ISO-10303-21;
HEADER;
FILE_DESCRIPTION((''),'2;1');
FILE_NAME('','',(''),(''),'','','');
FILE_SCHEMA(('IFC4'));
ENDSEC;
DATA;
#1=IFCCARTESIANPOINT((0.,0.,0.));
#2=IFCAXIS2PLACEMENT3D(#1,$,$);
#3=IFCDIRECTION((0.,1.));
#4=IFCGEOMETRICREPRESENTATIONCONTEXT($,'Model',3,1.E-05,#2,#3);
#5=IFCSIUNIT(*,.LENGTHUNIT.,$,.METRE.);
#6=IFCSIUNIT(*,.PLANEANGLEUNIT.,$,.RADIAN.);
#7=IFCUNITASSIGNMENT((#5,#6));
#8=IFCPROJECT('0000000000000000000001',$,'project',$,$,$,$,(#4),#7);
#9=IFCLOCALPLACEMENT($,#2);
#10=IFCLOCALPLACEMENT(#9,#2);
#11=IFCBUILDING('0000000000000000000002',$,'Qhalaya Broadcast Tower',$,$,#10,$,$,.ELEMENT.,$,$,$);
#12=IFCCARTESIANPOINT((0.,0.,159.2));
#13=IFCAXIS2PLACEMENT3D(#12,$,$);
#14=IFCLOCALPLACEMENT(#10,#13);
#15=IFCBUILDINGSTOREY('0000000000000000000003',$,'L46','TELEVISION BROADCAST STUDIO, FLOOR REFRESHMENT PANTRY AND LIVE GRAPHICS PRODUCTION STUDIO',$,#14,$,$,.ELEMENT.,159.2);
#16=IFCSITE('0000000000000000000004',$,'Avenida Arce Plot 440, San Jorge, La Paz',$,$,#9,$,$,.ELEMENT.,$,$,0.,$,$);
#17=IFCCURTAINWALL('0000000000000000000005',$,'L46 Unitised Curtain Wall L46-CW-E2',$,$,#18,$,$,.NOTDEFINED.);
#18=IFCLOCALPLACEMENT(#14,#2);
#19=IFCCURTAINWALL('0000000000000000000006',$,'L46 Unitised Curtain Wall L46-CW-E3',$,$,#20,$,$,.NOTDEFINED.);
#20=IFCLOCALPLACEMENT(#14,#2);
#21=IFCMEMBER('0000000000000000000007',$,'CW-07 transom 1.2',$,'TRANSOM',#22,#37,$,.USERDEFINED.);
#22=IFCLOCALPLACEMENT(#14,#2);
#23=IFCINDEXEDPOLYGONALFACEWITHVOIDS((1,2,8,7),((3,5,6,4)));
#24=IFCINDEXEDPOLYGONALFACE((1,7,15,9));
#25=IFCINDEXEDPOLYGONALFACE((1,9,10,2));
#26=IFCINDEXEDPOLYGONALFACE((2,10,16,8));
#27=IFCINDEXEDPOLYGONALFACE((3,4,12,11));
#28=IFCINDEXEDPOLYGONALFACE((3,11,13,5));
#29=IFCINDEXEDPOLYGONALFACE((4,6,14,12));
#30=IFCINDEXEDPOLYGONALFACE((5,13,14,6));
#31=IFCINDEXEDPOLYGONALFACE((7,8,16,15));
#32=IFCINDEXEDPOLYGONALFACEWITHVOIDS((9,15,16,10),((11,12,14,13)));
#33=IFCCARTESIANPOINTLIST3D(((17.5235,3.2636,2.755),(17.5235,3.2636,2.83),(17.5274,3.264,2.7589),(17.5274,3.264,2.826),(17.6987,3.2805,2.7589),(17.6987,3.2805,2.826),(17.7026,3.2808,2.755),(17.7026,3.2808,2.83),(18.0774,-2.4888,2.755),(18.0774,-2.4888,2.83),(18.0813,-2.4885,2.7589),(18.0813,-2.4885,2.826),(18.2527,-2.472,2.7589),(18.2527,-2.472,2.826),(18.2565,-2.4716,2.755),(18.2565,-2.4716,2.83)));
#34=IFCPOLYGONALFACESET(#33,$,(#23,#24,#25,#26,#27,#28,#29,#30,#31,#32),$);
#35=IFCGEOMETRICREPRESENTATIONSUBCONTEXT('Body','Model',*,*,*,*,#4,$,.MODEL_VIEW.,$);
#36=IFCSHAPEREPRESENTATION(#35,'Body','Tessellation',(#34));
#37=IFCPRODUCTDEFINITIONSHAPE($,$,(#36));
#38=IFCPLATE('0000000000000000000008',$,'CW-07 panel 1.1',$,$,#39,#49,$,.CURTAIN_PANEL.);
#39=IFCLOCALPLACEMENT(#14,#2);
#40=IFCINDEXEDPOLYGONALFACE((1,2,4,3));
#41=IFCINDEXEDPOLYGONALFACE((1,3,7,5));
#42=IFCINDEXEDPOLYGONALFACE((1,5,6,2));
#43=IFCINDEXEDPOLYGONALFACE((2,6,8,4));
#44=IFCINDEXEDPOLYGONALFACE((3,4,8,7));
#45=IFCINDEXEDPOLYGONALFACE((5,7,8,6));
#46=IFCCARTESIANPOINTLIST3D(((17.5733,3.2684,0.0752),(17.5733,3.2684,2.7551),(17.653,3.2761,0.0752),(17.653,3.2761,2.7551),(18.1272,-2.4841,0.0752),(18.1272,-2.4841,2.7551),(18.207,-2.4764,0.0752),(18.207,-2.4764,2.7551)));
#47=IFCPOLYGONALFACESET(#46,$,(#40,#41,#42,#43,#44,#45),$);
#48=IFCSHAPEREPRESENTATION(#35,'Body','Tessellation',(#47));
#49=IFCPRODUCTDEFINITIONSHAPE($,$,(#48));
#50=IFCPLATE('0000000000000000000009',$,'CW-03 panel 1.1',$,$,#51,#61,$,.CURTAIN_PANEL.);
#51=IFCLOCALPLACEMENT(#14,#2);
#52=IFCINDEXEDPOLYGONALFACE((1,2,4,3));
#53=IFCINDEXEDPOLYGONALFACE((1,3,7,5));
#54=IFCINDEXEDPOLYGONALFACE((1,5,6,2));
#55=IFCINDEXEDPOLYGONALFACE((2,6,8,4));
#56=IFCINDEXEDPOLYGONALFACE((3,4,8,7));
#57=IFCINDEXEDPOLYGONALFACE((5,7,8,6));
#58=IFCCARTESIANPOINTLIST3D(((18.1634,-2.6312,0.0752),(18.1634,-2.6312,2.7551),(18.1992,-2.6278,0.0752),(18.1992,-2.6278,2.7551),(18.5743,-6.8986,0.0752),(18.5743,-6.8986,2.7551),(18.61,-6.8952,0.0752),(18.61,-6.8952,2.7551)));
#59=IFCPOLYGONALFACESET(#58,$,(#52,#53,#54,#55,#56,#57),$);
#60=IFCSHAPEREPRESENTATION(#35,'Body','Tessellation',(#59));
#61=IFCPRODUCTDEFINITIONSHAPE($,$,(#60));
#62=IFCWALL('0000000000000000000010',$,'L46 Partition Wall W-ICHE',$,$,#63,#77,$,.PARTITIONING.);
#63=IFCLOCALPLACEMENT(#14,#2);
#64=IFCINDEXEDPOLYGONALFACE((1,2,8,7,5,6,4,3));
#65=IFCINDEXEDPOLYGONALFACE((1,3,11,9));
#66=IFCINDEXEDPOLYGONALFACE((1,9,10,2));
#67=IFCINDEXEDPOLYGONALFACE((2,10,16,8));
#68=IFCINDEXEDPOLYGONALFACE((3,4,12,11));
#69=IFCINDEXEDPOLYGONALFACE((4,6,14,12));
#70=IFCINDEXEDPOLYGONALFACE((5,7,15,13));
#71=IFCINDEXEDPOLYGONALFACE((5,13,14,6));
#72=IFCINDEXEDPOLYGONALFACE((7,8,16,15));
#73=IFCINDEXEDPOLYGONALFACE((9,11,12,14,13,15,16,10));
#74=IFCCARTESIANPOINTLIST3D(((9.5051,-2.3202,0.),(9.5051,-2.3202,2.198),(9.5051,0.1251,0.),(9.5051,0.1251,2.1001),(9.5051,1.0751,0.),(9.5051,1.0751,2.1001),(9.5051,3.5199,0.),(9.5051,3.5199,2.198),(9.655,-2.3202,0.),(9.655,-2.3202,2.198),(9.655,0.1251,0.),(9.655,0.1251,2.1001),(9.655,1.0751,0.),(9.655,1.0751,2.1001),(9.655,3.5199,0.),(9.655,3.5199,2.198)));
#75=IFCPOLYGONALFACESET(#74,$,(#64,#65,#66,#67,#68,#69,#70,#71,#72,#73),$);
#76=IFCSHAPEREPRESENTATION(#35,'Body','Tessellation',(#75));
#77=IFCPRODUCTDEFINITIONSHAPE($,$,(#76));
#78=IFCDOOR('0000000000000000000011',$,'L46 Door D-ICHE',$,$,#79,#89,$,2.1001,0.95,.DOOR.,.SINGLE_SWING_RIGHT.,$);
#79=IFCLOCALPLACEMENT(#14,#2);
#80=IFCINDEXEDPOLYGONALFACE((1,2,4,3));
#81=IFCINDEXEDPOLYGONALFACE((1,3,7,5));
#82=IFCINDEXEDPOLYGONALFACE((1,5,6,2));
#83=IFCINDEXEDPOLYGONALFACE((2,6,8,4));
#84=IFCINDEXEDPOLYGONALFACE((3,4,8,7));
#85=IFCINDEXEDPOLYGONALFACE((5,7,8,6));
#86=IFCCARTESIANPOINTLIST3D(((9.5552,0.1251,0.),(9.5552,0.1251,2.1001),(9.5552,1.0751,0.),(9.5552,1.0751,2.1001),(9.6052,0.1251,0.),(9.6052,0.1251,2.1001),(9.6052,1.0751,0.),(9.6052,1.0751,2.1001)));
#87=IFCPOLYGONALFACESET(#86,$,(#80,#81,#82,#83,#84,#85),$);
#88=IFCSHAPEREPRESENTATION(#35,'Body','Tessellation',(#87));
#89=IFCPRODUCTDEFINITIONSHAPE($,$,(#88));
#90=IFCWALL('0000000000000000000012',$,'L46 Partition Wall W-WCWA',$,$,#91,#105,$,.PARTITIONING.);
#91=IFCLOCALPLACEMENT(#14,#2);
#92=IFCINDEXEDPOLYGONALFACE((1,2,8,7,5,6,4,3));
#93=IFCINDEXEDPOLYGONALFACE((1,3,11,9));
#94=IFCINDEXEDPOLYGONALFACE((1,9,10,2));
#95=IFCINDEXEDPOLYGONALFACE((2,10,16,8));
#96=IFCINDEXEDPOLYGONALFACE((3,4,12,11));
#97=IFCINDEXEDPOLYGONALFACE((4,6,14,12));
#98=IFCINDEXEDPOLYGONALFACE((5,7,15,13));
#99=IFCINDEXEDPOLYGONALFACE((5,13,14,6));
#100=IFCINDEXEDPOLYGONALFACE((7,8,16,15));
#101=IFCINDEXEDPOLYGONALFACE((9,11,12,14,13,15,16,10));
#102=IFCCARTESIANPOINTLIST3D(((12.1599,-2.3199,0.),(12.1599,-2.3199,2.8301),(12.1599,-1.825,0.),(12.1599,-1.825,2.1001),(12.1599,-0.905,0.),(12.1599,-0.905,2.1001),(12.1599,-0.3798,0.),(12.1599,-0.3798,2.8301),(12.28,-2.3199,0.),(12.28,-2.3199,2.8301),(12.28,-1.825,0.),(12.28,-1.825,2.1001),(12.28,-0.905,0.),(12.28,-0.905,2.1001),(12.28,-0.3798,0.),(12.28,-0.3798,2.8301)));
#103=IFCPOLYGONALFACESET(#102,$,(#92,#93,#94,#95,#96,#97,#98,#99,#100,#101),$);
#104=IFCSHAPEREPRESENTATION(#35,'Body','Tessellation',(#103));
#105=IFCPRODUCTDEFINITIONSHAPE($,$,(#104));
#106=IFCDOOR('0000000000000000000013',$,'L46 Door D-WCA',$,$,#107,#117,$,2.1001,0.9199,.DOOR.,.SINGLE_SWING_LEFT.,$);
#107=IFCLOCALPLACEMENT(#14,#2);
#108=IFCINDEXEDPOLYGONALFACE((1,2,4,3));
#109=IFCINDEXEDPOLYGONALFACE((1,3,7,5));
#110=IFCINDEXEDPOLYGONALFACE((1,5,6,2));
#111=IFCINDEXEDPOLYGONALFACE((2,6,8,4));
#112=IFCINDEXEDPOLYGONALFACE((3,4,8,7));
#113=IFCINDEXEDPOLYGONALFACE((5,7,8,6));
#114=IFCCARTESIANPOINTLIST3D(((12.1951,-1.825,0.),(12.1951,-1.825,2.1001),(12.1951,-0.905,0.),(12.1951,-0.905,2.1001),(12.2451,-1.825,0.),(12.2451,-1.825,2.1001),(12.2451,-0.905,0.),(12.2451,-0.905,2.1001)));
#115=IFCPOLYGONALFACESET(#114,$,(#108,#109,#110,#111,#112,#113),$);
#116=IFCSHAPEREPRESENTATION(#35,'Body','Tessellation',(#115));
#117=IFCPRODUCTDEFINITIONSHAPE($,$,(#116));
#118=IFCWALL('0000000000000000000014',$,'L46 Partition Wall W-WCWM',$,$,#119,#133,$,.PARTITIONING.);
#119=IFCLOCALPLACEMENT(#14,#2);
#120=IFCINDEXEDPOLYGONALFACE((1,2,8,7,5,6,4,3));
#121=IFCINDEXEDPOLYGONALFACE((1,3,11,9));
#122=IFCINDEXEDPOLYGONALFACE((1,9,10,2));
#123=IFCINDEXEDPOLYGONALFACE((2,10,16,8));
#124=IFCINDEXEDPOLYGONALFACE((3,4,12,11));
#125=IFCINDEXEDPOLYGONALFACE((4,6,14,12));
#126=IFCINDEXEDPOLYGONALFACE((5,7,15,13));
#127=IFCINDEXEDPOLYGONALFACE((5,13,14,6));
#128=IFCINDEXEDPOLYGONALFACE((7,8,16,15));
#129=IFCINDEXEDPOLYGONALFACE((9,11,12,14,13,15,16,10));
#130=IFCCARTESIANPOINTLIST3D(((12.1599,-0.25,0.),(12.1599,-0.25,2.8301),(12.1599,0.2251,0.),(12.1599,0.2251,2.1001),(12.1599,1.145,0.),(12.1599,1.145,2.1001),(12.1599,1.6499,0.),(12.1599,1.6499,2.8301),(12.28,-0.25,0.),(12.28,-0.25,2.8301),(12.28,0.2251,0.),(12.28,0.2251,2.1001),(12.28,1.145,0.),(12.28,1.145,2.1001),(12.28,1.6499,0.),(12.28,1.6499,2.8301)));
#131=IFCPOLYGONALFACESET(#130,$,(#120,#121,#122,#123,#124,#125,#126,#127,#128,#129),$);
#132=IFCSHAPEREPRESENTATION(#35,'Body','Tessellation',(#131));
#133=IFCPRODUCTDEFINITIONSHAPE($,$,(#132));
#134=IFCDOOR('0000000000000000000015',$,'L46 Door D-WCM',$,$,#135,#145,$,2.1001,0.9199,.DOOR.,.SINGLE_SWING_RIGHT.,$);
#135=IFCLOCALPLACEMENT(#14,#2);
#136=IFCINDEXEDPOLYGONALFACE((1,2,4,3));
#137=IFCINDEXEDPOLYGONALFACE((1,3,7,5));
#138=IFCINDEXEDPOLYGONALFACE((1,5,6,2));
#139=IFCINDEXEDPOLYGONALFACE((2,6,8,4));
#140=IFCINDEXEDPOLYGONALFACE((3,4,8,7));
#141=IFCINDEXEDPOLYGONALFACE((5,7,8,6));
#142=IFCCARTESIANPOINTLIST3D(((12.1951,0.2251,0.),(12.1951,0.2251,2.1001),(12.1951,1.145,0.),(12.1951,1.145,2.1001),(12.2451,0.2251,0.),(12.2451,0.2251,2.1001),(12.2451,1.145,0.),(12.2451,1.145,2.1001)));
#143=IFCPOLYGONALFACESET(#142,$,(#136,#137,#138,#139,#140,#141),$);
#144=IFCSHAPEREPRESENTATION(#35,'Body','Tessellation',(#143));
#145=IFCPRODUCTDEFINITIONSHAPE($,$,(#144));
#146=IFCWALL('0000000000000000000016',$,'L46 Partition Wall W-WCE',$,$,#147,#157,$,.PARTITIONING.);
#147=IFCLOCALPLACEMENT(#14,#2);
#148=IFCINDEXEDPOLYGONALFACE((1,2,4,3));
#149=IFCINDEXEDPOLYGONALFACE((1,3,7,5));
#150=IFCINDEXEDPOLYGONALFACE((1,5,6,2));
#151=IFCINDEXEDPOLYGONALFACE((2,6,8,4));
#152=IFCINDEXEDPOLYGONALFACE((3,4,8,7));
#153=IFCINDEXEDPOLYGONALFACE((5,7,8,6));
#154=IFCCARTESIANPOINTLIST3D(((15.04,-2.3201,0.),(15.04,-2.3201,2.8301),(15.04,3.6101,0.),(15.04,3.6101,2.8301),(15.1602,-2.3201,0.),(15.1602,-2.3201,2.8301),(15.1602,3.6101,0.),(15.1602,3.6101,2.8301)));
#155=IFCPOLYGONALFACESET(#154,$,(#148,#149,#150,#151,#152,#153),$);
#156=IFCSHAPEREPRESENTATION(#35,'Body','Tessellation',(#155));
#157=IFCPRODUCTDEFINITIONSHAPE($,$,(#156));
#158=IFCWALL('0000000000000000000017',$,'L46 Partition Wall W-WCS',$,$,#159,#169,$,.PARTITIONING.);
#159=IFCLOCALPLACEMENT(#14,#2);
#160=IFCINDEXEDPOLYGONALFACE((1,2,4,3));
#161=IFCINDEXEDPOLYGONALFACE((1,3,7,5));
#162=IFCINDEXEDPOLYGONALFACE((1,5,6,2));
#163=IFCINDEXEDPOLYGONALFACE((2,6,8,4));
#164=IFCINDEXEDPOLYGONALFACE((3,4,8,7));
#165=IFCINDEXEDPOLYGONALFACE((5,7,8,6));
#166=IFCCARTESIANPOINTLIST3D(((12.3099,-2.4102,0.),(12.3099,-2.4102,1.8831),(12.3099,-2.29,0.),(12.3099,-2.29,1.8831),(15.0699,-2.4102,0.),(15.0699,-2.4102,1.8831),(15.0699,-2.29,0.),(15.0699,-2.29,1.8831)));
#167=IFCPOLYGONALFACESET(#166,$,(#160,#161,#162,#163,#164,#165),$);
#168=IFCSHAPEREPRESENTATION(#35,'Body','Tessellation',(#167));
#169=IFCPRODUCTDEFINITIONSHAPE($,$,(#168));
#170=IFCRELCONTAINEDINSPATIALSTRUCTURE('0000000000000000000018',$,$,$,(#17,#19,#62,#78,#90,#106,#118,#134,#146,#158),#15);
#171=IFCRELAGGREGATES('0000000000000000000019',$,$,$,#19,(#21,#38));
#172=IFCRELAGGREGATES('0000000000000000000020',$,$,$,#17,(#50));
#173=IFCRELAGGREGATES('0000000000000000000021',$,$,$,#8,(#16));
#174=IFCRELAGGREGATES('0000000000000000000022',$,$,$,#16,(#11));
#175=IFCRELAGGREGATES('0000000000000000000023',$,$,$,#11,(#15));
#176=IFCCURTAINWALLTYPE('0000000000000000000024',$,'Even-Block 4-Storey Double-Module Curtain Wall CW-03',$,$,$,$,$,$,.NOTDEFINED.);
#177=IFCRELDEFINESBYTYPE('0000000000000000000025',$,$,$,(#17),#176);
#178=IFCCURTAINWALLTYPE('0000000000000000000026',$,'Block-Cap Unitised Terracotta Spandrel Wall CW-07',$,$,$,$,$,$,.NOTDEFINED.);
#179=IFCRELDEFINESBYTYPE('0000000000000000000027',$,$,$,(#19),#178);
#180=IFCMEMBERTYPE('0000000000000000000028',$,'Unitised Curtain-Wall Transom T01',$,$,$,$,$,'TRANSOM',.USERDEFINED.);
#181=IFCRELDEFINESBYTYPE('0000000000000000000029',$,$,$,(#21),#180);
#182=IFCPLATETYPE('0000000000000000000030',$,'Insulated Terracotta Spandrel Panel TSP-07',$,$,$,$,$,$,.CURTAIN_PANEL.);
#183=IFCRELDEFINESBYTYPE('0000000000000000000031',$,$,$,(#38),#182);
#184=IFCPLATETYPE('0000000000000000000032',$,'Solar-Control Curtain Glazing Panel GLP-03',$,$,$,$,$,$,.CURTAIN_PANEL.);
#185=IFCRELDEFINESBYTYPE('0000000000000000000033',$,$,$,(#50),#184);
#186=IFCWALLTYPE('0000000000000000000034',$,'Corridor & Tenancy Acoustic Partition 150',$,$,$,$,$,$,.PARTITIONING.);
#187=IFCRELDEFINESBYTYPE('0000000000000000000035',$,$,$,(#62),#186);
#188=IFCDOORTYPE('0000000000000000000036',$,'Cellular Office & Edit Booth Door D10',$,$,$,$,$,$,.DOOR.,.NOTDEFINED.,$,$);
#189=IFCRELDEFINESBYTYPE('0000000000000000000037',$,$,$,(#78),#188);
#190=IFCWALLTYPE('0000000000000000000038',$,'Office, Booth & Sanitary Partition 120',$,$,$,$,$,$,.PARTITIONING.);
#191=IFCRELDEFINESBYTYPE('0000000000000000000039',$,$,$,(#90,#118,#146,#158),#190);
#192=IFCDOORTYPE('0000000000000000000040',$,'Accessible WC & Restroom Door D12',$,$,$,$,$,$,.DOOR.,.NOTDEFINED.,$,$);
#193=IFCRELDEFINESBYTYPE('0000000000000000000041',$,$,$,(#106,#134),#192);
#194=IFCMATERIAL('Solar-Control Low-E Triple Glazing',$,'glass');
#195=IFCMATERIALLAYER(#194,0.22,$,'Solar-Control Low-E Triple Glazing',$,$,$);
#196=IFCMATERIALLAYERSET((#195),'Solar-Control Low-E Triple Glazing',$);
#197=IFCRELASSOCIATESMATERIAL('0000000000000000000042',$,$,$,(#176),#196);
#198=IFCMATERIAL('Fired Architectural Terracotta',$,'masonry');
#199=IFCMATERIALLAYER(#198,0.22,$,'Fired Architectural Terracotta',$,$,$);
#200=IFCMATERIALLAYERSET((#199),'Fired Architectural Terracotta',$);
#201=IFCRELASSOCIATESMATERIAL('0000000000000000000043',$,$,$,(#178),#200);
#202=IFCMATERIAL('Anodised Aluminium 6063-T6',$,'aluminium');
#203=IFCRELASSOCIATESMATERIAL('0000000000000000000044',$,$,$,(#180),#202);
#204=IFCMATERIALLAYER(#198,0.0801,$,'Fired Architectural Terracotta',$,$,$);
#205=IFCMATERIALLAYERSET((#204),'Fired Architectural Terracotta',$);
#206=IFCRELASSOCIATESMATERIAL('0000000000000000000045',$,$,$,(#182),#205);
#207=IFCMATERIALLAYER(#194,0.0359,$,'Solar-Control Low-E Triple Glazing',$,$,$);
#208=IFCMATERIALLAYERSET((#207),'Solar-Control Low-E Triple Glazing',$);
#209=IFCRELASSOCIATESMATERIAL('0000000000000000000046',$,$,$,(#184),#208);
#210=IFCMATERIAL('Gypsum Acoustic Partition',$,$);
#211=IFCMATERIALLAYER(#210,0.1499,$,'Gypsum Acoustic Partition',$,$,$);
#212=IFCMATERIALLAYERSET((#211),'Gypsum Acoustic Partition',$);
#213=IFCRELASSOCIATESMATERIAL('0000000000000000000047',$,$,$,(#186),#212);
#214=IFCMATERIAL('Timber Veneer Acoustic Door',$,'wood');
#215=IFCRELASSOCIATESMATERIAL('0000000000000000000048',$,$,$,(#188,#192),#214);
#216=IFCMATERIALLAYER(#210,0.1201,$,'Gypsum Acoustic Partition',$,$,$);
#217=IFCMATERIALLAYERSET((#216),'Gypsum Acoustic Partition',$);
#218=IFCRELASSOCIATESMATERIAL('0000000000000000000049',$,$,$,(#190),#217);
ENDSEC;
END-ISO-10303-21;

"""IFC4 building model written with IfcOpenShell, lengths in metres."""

from ifc_helpers import new_model, si_unit, direction, frame, frame_2d, origin, origin_2d, place, context, subcontext, project, spatial, rectangle, hollow_rectangle, extrude, material, layer, layer_set, material_profile, profile_set, type_object, element, fill, aggregate, save


model = new_model("IFC4")

# Units and contexts
model_context = context("Model", 3, precision=1e-05, world=origin(), true_north=direction((0.0, 1.0)))
body_context = subcontext(model_context, "Body", "Model", "MODEL_VIEW")
ifc_project = project(units=[si_unit("LENGTHUNIT", "METRE"), si_unit("PLANEANGLEUNIT", "RADIAN")], contexts=[model_context])

# Site, building, storey
site_placement = place(None, origin())
site = spatial("IfcSite", under=ifc_project, at=site_placement, Name="Avenida Arce Plot 440, San Jorge, La Paz", CompositionType="ELEMENT", RefElevation=0.0)
building_placement = place(site_placement, origin())
building = spatial("IfcBuilding", under=site, at=building_placement, Name="Qhalaya Broadcast Tower", CompositionType="ELEMENT")
storey_placement = place(building_placement, frame((0.0, 0.0, 159.2)))
storey = spatial("IfcBuildingStorey", under=building, at=storey_placement, Name="L46", Description="TELEVISION BROADCAST STUDIO, FLOOR REFRESHMENT PANTRY AND LIVE GRAPHICS PRODUCTION STUDIO", CompositionType="ELEMENT", Elevation=159.2)

# Curtain wall
ifc_material_1 = material(Name="Solar-Control Low-E Triple Glazing", Category="glass")
ifc_layer_1 = layer(ifc_material_1, 0.22, Name="Solar-Control Low-E Triple Glazing")
ifc_layer_set_1 = layer_set([ifc_layer_1], Name="Solar-Control Low-E Triple Glazing")
curtain_wall_type_1 = type_object("IfcCurtainWallType", Name="Even-Block 4-Storey Double-Module Curtain Wall CW-03", PredefinedType="NOTDEFINED", material=ifc_layer_set_1)
curtain_wall_1_placement = place(storey_placement, origin())
curtain_wall_1 = element("IfcCurtainWall", 1, at=curtain_wall_1_placement, inside=storey, type_object=curtain_wall_type_1, Name="L46 Unitised Curtain Wall L46-CW-E2", PredefinedType="NOTDEFINED")
ifc_material_2 = material(Name="Anodised Aluminium 6063-T6", Category="aluminium")

# Curtain wall
ifc_material_3 = material(Name="Fired Architectural Terracotta", Category="masonry")
ifc_layer_2 = layer(ifc_material_3, 0.22, Name="Fired Architectural Terracotta")
ifc_layer_set_2 = layer_set([ifc_layer_2], Name="Fired Architectural Terracotta")
curtain_wall_type_2 = type_object("IfcCurtainWallType", Name="Block-Cap Unitised Terracotta Spandrel Wall CW-07", PredefinedType="NOTDEFINED", material=ifc_layer_set_2)
curtain_wall_2_placement = place(storey_placement, origin())
curtain_wall_2 = element("IfcCurtainWall", 2, at=curtain_wall_2_placement, inside=storey, type_object=curtain_wall_type_2, Name="L46 Unitised Curtain Wall L46-CW-E3", PredefinedType="NOTDEFINED")

# Member
ifc_material_profile_1 = material_profile(ifc_material_2, hollow_rectangle(XDim=0.075, YDim=0.1799, WallThickness=0.0039, at=origin_2d()), Name="ALU-TRN 75x180x4")
ifc_profile_set_1 = profile_set([ifc_material_profile_1], Name="Anodised Aluminium 6063-T6")
member_type_1 = type_object("IfcMemberType", Name="Unitised Curtain-Wall Transom T01", ElementType="TRANSOM", PredefinedType="USERDEFINED", material=ifc_profile_set_1)
member_1_placement = place(storey_placement, frame((18.167, -2.4802, 2.7925), z_axis=(-0.095856, 0.995395, 0.0), x_axis=(0.0, 0.0, 1.0)))
member_1 = element("IfcMember", 3, at=member_1_placement, type_object=member_type_1, Name="CW-07 transom 1.2", ObjectType="TRANSOM", PredefinedType="USERDEFINED", context=body_context, shape_type="SweptSolid", body=[
    extrude(hollow_rectangle(XDim=0.075, YDim=0.1799, WallThickness=0.0039, at=origin_2d()), origin(), (0.0, 0.0, 1.0), 5.7791),
])

# Plates
ifc_layer_3 = layer(ifc_material_3, 0.0801, Name="Fired Architectural Terracotta")
ifc_layer_set_3 = layer_set([ifc_layer_3], Name="Fired Architectural Terracotta")
plate_type_1 = type_object("IfcPlateType", Name="Insulated Terracotta Spandrel Panel TSP-07", PredefinedType="CURTAIN_PANEL", material=ifc_layer_set_3)
plate_1_placement = place(storey_placement, frame((17.8901, 0.396, 0.0752), z_axis=(0.0, 0.0, 1.0), x_axis=(-0.095851, 0.995396, 0.0)))
plate_1 = element("IfcPlate", 4, at=plate_1_placement, type_object=plate_type_1, Name="CW-07 panel 1.1", PredefinedType="CURTAIN_PANEL", context=body_context, shape_type="SweptSolid", body=[
    extrude(rectangle(XDim=5.7791, YDim=0.0801, at=origin_2d()), origin(), (0.0, 0.0, 1.0), 2.6799),
])
aggregate(curtain_wall_2, [member_1, plate_1])
ifc_layer_4 = layer(ifc_material_1, 0.0359, Name="Solar-Control Low-E Triple Glazing")
ifc_layer_set_4 = layer_set([ifc_layer_4], Name="Solar-Control Low-E Triple Glazing")
plate_type_2 = type_object("IfcPlateType", Name="Solar-Control Curtain Glazing Panel GLP-03", PredefinedType="CURTAIN_PANEL", material=ifc_layer_set_4)
plate_2_placement = place(storey_placement, frame((18.3867, -4.7632, 0.0752), z_axis=(0.0, 0.0, 1.0), x_axis=(-0.09583, 0.995398, 0.0)))
plate_2 = element("IfcPlate", 5, at=plate_2_placement, type_object=plate_type_2, Name="CW-03 panel 1.1", PredefinedType="CURTAIN_PANEL", context=body_context, shape_type="SweptSolid", body=[
    extrude(rectangle(XDim=4.2871, YDim=0.0359, at=origin_2d()), origin(), (0.0, 0.0, 1.0), 2.6799),
])
aggregate(curtain_wall_1, [plate_2])

# Walls, openings, doors
ifc_material_4 = material(Name="Gypsum Acoustic Partition")
ifc_layer_5 = layer(ifc_material_4, 0.1499, Name="Gypsum Acoustic Partition")
ifc_layer_set_5 = layer_set([ifc_layer_5], Name="Gypsum Acoustic Partition")
wall_type_1 = type_object("IfcWallType", Name="Corridor & Tenancy Acoustic Partition 150", PredefinedType="PARTITIONING", material=ifc_layer_set_5)
wall_1_placement = place(storey_placement, frame((9.5801, -2.3201, 0.0), z_axis=(0.0, 0.0, 1.0), x_axis=(0.0, 1.0, 0.0)))
wall_1 = element("IfcWall", 6, at=wall_1_placement, inside=storey, type_object=wall_type_1, Name="L46 Partition Wall W-ICHE", PredefinedType="PARTITIONING", context=body_context, shape_type="SweptSolid", body=[
    extrude(rectangle(XDim=5.8401, YDim=0.1499, at=frame_2d((2.9199, 0.0))), origin(), (0.0, 0.0, 1.0), 2.198),
])
opening_1_placement = place(wall_1_placement, frame((2.4451, 0.0, 0.0)))
opening_1 = element("IfcOpeningElement", 7, at=opening_1_placement, cuts=wall_1, PredefinedType="OPENING", context=body_context, shape_type="SweptSolid", body=[
    extrude(rectangle(XDim=0.95, YDim=2.1001, at=frame_2d((0.4751, 1.05))), frame((0.0, 0.0869, 0.0), z_axis=(0.0, -1.0, 0.0), x_axis=(1.0, 0.0, 0.0)), (0.0, 0.0, 1.0), 0.1738),
])
ifc_material_5 = material(Name="Timber Veneer Acoustic Door", Category="wood")
door_type_1 = type_object("IfcDoorType", Name="Cellular Office & Edit Booth Door D10", OperationType="NOTDEFINED", PredefinedType="DOOR", material=ifc_material_5)
door_1_placement = place(opening_1_placement, origin())
door_1 = element("IfcDoor", 8, at=door_1_placement, inside=storey, type_object=door_type_1, Name="L46 Door D-ICHE", OperationType="SINGLE_SWING_RIGHT", OverallHeight=2.1001, OverallWidth=0.95, PredefinedType="DOOR", context=body_context, shape_type="SweptSolid", body=[
    extrude(rectangle(XDim=0.95, YDim=2.1001, at=frame_2d((0.4751, 1.05))), frame((0.0, 0.0249, 0.0), z_axis=(0.0, -1.0, 0.0), x_axis=(1.0, 0.0, 0.0)), (0.0, 0.0, 1.0), 0.05),
])
fill(opening_1, door_1)
ifc_layer_6 = layer(ifc_material_4, 0.1201, Name="Gypsum Acoustic Partition")
ifc_layer_set_6 = layer_set([ifc_layer_6], Name="Gypsum Acoustic Partition")
wall_type_2 = type_object("IfcWallType", Name="Office, Booth & Sanitary Partition 120", PredefinedType="PARTITIONING", material=ifc_layer_set_6)
wall_2_placement = place(storey_placement, frame((12.22, -2.3201, 0.0), z_axis=(0.0, 0.0, 1.0), x_axis=(0.0, 1.0, 0.0)))
wall_2 = element("IfcWall", 9, at=wall_2_placement, inside=storey, type_object=wall_type_2, Name="L46 Partition Wall W-WCWA", PredefinedType="PARTITIONING", context=body_context, shape_type="SweptSolid", body=[
    extrude(rectangle(XDim=1.9402, YDim=0.1201, at=frame_2d((0.9702, 0.0))), origin(), (0.0, 0.0, 1.0), 2.8301),
])
opening_2_placement = place(wall_2_placement, frame((0.4951, 0.0, 0.0)))
opening_2 = element("IfcOpeningElement", 10, at=opening_2_placement, cuts=wall_2, PredefinedType="OPENING", context=body_context, shape_type="SweptSolid", body=[
    extrude(rectangle(XDim=0.9199, YDim=2.1001, at=frame_2d((0.46, 1.05))), frame((0.0, 0.072, 0.0), z_axis=(0.0, -1.0, 0.0), x_axis=(1.0, 0.0, 0.0)), (0.0, 0.0, 1.0), 0.144),
])
door_type_2 = type_object("IfcDoorType", Name="Accessible WC & Restroom Door D12", OperationType="NOTDEFINED", PredefinedType="DOOR", material=ifc_material_5)
door_2_placement = place(opening_2_placement, origin())
door_2 = element("IfcDoor", 11, at=door_2_placement, inside=storey, type_object=door_type_2, Name="L46 Door D-WCA", OperationType="SINGLE_SWING_LEFT", OverallHeight=2.1001, OverallWidth=0.9199, PredefinedType="DOOR", context=body_context, shape_type="SweptSolid", body=[
    extrude(rectangle(XDim=0.9199, YDim=2.1001, at=frame_2d((0.46, 1.05))), frame((0.0, 0.0249, 0.0), z_axis=(0.0, -1.0, 0.0), x_axis=(1.0, 0.0, 0.0)), (0.0, 0.0, 1.0), 0.05),
])
fill(opening_2, door_2)
wall_3_placement = place(storey_placement, frame((12.22, -0.25, 0.0), z_axis=(0.0, 0.0, 1.0), x_axis=(0.0, 1.0, 0.0)))
wall_3 = element("IfcWall", 12, at=wall_3_placement, inside=storey, type_object=wall_type_2, Name="L46 Partition Wall W-WCWM", PredefinedType="PARTITIONING", context=body_context, shape_type="SweptSolid", body=[
    extrude(rectangle(XDim=1.8999, YDim=0.1201, at=frame_2d((0.95, 0.0))), origin(), (0.0, 0.0, 1.0), 2.8301),
])
opening_3_placement = place(wall_3_placement, frame((0.4751, 0.0, 0.0)))
opening_3 = element("IfcOpeningElement", 13, at=opening_3_placement, cuts=wall_3, PredefinedType="OPENING", context=body_context, shape_type="SweptSolid", body=[
    extrude(rectangle(XDim=0.9199, YDim=2.1001, at=frame_2d((0.46, 1.05))), frame((0.0, 0.072, 0.0), z_axis=(0.0, -1.0, 0.0), x_axis=(1.0, 0.0, 0.0)), (0.0, 0.0, 1.0), 0.144),
])
door_3_placement = place(opening_3_placement, origin())
door_3 = element("IfcDoor", 14, at=door_3_placement, inside=storey, type_object=door_type_2, Name="L46 Door D-WCM", OperationType="SINGLE_SWING_RIGHT", OverallHeight=2.1001, OverallWidth=0.9199, PredefinedType="DOOR", context=body_context, shape_type="SweptSolid", body=[
    extrude(rectangle(XDim=0.9199, YDim=2.1001, at=frame_2d((0.46, 1.05))), frame((0.0, 0.0249, 0.0), z_axis=(0.0, -1.0, 0.0), x_axis=(1.0, 0.0, 0.0)), (0.0, 0.0, 1.0), 0.05),
])
fill(opening_3, door_3)

# Walls
wall_4_placement = place(storey_placement, frame((15.1001, -2.3201, 0.0), z_axis=(0.0, 0.0, 1.0), x_axis=(0.0, 1.0, 0.0)))
element("IfcWall", 15, at=wall_4_placement, inside=storey, type_object=wall_type_2, Name="L46 Partition Wall W-WCE", PredefinedType="PARTITIONING", context=body_context, shape_type="SweptSolid", body=[
    extrude(rectangle(XDim=5.9302, YDim=0.1201, at=frame_2d((2.9651, 0.0))), origin(), (0.0, 0.0, 1.0), 2.8301),
])
wall_5_placement = place(storey_placement, frame((12.3101, -2.3501, 0.0), z_axis=(0.0, 0.0, 1.0), x_axis=(1.0, 0.0, 0.0)))
element("IfcWall", 16, at=wall_5_placement, inside=storey, type_object=wall_type_2, Name="L46 Partition Wall W-WCS", PredefinedType="PARTITIONING", context=body_context, shape_type="SweptSolid", body=[
    extrude(rectangle(XDim=2.76, YDim=0.1201, at=frame_2d((1.3799, 0.0))), origin(), (0.0, 0.0, 1.0), 1.8831),
])

save(model, "model.ifc")
